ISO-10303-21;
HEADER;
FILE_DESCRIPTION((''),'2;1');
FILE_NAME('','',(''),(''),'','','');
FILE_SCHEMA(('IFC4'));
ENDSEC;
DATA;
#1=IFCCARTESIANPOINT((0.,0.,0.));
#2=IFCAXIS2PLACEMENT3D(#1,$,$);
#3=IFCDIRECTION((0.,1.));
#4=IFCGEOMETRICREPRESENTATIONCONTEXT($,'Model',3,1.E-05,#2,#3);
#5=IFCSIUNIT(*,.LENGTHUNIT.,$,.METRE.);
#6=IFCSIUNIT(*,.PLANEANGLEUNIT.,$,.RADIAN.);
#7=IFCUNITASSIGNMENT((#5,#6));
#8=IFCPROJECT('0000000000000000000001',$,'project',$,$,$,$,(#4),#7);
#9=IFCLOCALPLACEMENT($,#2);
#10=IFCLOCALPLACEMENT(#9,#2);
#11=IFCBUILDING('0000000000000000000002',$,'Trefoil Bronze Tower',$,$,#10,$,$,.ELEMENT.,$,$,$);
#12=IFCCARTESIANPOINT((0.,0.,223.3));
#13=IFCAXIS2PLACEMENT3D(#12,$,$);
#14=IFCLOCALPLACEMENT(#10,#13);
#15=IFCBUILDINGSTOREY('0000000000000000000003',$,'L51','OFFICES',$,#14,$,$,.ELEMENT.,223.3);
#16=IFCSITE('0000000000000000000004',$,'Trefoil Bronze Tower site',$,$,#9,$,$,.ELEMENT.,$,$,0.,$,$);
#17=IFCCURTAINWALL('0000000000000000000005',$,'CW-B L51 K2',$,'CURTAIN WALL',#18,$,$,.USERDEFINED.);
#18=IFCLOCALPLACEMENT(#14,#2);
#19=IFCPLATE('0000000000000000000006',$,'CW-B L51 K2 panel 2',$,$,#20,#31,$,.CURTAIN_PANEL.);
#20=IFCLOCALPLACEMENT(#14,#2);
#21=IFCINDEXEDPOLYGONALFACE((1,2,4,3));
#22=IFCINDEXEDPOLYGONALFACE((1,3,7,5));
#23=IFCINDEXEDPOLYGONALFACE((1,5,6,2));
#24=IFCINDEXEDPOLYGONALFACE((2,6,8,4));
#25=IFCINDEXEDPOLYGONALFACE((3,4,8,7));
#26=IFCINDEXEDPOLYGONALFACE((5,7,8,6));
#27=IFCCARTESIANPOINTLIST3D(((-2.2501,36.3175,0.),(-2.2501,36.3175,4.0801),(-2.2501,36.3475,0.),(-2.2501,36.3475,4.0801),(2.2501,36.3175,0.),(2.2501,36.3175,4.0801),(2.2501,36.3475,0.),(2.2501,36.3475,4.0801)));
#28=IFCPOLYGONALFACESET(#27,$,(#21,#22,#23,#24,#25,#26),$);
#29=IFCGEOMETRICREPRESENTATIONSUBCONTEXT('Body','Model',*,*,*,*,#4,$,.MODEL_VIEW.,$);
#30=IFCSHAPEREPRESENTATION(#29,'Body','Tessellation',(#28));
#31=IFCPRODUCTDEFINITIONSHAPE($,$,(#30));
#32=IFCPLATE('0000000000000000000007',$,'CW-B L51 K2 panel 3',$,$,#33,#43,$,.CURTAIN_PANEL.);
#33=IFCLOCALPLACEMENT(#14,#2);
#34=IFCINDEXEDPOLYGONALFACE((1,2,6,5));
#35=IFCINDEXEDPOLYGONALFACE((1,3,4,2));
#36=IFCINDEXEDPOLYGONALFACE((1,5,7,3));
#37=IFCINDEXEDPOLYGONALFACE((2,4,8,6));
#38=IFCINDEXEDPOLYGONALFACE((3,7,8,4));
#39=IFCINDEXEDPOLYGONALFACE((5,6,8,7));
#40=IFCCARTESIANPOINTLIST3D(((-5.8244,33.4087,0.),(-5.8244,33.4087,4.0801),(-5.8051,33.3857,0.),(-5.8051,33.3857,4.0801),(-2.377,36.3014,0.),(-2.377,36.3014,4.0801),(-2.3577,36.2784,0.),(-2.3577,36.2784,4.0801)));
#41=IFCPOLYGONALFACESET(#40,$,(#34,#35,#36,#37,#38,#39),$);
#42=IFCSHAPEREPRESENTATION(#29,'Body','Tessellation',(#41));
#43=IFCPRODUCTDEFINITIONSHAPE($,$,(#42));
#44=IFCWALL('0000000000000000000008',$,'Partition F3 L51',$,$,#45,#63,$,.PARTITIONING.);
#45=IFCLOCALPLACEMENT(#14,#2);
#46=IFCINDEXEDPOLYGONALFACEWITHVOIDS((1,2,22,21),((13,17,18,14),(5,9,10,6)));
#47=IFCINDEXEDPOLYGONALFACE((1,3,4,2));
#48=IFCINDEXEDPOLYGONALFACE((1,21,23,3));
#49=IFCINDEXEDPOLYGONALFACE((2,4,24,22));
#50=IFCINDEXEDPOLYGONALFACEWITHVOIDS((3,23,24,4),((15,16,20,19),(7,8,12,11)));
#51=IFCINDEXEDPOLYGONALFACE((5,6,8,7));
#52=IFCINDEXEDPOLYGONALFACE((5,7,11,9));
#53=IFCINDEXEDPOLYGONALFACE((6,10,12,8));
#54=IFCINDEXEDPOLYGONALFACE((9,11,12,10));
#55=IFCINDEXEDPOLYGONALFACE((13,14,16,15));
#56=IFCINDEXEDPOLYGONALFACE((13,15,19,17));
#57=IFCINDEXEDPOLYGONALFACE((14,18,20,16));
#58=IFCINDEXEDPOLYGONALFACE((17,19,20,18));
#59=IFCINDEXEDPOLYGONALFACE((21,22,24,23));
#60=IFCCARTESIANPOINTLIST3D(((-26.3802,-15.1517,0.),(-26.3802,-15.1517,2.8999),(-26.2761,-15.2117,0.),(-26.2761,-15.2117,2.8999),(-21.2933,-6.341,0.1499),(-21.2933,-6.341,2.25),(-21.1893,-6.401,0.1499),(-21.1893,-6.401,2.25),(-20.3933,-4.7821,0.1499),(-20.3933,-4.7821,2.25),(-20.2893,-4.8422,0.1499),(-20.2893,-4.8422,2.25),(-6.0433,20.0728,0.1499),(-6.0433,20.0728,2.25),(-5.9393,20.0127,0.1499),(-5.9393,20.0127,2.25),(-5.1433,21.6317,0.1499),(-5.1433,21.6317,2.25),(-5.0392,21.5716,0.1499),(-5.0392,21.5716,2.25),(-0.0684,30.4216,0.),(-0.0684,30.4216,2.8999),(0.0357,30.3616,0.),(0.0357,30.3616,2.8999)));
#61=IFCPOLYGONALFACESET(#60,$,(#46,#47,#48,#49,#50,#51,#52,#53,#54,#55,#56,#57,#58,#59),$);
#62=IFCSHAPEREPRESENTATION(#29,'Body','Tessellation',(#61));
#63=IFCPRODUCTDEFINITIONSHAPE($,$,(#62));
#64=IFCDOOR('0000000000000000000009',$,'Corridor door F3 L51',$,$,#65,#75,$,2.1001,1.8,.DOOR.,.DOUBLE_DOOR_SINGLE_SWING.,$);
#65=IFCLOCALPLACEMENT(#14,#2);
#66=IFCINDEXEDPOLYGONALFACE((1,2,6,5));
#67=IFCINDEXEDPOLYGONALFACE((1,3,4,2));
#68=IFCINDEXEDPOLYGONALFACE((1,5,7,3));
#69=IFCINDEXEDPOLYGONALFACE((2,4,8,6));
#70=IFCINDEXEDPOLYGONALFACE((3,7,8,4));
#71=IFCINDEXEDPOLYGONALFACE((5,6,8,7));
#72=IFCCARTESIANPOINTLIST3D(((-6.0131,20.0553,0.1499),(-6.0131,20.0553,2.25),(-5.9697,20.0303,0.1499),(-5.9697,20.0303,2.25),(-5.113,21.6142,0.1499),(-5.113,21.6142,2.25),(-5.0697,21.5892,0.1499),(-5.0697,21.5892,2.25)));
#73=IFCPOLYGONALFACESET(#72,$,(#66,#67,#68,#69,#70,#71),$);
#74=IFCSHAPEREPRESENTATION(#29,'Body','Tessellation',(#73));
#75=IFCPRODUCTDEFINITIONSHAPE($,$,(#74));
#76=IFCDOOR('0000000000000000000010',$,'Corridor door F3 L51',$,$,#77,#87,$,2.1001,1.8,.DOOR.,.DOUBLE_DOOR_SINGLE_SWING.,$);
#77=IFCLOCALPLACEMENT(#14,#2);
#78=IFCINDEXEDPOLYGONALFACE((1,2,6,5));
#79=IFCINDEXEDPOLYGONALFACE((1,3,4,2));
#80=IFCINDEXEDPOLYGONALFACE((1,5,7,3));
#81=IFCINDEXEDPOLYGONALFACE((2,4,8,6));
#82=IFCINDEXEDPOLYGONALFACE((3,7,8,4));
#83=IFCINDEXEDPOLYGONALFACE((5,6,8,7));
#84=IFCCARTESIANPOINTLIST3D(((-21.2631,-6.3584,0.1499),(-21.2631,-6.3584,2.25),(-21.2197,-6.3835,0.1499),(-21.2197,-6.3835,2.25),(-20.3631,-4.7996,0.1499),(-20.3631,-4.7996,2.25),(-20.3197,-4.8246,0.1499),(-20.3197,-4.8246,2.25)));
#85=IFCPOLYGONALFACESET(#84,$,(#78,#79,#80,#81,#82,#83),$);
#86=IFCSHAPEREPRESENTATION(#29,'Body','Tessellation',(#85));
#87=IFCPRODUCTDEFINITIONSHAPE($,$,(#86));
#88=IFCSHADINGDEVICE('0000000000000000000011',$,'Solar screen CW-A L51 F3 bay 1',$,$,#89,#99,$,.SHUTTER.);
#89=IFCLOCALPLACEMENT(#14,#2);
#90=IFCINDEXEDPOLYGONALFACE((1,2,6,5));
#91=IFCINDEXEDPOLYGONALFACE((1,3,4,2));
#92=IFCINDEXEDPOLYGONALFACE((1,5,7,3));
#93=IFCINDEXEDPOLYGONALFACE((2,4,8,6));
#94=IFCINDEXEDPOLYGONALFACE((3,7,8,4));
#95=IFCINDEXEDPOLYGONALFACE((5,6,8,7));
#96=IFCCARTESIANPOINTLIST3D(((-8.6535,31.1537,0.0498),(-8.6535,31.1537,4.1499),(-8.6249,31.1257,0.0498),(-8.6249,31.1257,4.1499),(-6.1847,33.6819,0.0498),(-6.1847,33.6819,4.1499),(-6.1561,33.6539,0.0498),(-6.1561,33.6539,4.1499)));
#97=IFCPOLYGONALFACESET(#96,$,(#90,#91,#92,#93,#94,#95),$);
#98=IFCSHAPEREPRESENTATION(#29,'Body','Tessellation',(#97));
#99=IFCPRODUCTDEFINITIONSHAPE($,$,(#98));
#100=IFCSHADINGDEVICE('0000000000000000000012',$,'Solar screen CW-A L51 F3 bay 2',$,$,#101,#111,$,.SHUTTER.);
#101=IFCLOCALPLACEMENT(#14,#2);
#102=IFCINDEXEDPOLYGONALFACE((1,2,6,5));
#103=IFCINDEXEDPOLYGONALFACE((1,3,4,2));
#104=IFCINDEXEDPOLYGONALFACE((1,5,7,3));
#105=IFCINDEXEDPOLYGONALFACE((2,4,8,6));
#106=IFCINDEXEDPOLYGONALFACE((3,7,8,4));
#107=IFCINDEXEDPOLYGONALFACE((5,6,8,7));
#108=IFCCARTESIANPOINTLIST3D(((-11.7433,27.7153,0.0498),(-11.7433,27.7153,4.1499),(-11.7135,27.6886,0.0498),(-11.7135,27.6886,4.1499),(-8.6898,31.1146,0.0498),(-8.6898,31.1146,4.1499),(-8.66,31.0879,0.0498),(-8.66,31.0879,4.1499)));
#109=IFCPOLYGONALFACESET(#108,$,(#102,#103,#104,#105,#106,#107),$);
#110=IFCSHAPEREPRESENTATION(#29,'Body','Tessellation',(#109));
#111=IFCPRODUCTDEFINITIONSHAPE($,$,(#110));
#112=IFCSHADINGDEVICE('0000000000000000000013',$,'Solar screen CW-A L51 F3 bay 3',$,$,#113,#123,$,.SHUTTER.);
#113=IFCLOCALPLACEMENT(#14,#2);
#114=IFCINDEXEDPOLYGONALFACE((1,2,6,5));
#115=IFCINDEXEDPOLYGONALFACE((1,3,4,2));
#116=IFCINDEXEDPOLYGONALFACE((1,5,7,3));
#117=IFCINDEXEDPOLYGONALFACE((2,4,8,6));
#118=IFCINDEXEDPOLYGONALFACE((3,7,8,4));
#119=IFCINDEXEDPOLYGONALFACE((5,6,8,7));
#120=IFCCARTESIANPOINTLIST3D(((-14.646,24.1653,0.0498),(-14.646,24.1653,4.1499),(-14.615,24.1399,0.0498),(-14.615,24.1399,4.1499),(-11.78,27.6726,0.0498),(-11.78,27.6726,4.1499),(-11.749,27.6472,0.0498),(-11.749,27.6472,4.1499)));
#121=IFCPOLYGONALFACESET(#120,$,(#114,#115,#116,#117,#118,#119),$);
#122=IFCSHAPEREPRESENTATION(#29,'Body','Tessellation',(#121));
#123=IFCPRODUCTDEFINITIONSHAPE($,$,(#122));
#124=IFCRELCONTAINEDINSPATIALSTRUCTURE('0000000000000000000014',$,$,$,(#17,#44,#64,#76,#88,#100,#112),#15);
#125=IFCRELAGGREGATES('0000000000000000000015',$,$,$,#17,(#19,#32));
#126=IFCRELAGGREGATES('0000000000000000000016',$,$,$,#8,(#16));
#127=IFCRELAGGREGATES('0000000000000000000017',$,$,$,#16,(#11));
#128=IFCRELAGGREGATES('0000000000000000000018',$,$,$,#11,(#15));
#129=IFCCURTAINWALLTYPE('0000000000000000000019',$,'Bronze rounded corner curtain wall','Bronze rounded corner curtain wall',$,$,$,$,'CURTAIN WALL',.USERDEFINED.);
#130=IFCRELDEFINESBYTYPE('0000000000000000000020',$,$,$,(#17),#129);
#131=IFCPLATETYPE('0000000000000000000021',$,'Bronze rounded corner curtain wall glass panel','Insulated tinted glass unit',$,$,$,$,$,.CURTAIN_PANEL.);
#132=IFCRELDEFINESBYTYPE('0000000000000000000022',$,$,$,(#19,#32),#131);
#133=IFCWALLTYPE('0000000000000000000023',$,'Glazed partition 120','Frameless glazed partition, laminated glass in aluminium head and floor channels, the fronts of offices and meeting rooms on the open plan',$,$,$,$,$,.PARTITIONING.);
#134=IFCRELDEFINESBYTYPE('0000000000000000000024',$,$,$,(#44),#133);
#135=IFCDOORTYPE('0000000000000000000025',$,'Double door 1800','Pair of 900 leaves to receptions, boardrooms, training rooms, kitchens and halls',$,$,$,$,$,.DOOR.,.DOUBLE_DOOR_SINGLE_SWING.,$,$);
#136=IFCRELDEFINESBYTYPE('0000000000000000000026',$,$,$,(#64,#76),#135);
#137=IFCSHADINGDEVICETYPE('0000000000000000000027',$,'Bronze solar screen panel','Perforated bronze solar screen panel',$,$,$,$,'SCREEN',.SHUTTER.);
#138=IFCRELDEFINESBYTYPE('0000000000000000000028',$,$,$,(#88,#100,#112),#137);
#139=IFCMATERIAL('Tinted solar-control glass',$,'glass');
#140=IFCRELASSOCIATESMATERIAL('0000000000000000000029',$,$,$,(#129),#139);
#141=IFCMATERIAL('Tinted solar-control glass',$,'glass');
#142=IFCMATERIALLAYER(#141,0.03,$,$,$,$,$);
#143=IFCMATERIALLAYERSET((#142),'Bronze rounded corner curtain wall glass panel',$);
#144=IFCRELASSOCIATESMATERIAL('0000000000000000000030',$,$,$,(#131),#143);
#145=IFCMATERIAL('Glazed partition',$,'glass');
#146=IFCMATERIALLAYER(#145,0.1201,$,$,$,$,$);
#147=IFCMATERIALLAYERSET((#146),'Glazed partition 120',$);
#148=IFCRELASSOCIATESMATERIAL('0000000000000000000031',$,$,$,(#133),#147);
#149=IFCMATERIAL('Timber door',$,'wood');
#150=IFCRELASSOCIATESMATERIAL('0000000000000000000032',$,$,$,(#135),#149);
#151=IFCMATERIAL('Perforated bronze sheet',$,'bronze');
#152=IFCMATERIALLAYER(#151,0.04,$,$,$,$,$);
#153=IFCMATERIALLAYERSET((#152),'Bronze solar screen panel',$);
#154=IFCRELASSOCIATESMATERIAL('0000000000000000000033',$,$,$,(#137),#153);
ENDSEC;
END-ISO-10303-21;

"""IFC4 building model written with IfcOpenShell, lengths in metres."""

from ifc_helpers import new_model, si_unit, direction, frame, frame_2d, origin, origin_2d, place, context, subcontext, project, spatial, rectangle, extrude, material, layer, layer_set, type_object, element, fill, aggregate, save


model = new_model("IFC4")

# Units and contexts
model_context = context("Model", 3, precision=1e-05, world=origin(), true_north=direction((0.0, 1.0)))
body_context = subcontext(model_context, "Body", "Model", "MODEL_VIEW")
ifc_project = project(units=[si_unit("LENGTHUNIT", "METRE"), si_unit("PLANEANGLEUNIT", "RADIAN")], contexts=[model_context])

# Site, building, storey
site_placement = place(None, origin())
site = spatial("IfcSite", under=ifc_project, at=site_placement, Name="Trefoil Bronze Tower site", CompositionType="ELEMENT", RefElevation=0.0)
building_placement = place(site_placement, origin())
building = spatial("IfcBuilding", under=site, at=building_placement, Name="Trefoil Bronze Tower", CompositionType="ELEMENT")
storey_placement = place(building_placement, frame((0.0, 0.0, 223.3)))
storey = spatial("IfcBuildingStorey", under=building, at=storey_placement, Name="L51", Description="OFFICES", CompositionType="ELEMENT", Elevation=223.3)

# Curtain wall
ifc_material_1 = material(Name="Tinted solar-control glass", Category="glass")
curtain_wall_type_1 = type_object("IfcCurtainWallType", Name="Bronze rounded corner curtain wall", Description="Bronze rounded corner curtain wall", ElementType="CURTAIN WALL", PredefinedType="USERDEFINED", material=ifc_material_1)
curtain_wall_1_placement = place(storey_placement, origin())
curtain_wall_1 = element("IfcCurtainWall", 1, at=curtain_wall_1_placement, inside=storey, type_object=curtain_wall_type_1, Name="CW-B L51 K2", ObjectType="CURTAIN WALL", PredefinedType="USERDEFINED")

# Plates
ifc_material_2 = material(Name="Tinted solar-control glass", Category="glass")
ifc_layer_1 = layer(ifc_material_2, 0.03)
ifc_layer_set_1 = layer_set([ifc_layer_1], Name="Bronze rounded corner curtain wall glass panel")
plate_type_1 = type_object("IfcPlateType", Name="Bronze rounded corner curtain wall glass panel", Description="Insulated tinted glass unit", PredefinedType="CURTAIN_PANEL", material=ifc_layer_set_1)
plate_1_placement = place(storey_placement, frame((0.0, 36.3325, 0.0), z_axis=(0.0, 0.0, 1.0), x_axis=(-1.0, 0.0, 0.0)))
plate_1 = element("IfcPlate", 2, at=plate_1_placement, type_object=plate_type_1, Name="CW-B L51 K2 panel 2", PredefinedType="CURTAIN_PANEL", context=body_context, shape_type="SweptSolid", body=[
    extrude(rectangle(XDim=4.5002, YDim=0.03, at=origin_2d()), origin(), (0.0, 0.0, 1.0), 4.0801),
])
plate_2_placement = place(storey_placement, frame((-4.0911, 34.8435, 0.0), z_axis=(0.0, 0.0, 1.0), x_axis=(-0.766044, -0.642788, 0.0)))
plate_2 = element("IfcPlate", 3, at=plate_2_placement, type_object=plate_type_1, Name="CW-B L51 K2 panel 3", PredefinedType="CURTAIN_PANEL", context=body_context, shape_type="SweptSolid", body=[
    extrude(rectangle(XDim=4.5002, YDim=0.03, at=origin_2d()), origin(), (0.0, 0.0, 1.0), 4.0801),
])
aggregate(curtain_wall_1, [plate_1, plate_2])

# Wall, openings, doors
ifc_material_3 = material(Name="Glazed partition", Category="glass")
ifc_layer_2 = layer(ifc_material_3, 0.1201)
ifc_layer_set_2 = layer_set([ifc_layer_2], Name="Glazed partition 120")
wall_type = type_object("IfcWallType", Name="Glazed partition 120", Description="Frameless glazed partition, laminated glass in aluminium head and floor channels, the fronts of offices and meeting rooms on the open plan", PredefinedType="PARTITIONING", material=ifc_layer_set_2)
wall_placement = place(storey_placement, frame((-0.0164, 30.3916, 0.0), z_axis=(0.0, 0.0, 1.0), x_axis=(-0.500001, -0.866025, 0.0)))
wall = element("IfcWall", 4, at=wall_placement, inside=storey, type_object=wall_type, Name="Partition F3 L51", PredefinedType="PARTITIONING", context=body_context, shape_type="SweptSolid", body=[
    extrude(rectangle(XDim=52.6235, YDim=0.1201, at=frame_2d((26.3118, 0.0))), origin(), (0.0, 0.0, 1.0), 2.8999),
])
opening_1_placement = place(wall_placement, frame((10.1499, 0.0, 0.1499)))
opening_1 = element("IfcOpeningElement", 5, at=opening_1_placement, cuts=wall, PredefinedType="OPENING", context=body_context, shape_type="SweptSolid", body=[
    extrude(rectangle(XDim=1.8, YDim=2.1001, at=frame_2d((0.8999, 1.05))), frame((0.0, 0.0701, 0.0), z_axis=(0.0, -1.0, 0.0), x_axis=(1.0, 0.0, 0.0)), (0.0, 0.0, 1.0), 0.1401),
])
opening_2_placement = place(wall_placement, frame((40.6499, 0.0, 0.1499)))
opening_2 = element("IfcOpeningElement", 6, at=opening_2_placement, cuts=wall, PredefinedType="OPENING", context=body_context, shape_type="SweptSolid", body=[
    extrude(rectangle(XDim=1.8, YDim=2.1001, at=frame_2d((0.8999, 1.05))), frame((0.0, 0.0701, 0.0), z_axis=(0.0, -1.0, 0.0), x_axis=(1.0, 0.0, 0.0)), (0.0, 0.0, 1.0), 0.1401),
])
ifc_material_4 = material(Name="Timber door", Category="wood")
door_type = type_object("IfcDoorType", Name="Double door 1800", Description="Pair of 900 leaves to receptions, boardrooms, training rooms, kitchens and halls", OperationType="DOUBLE_DOOR_SINGLE_SWING", PredefinedType="DOOR", material=ifc_material_4)
door_1_placement = place(opening_1_placement, origin())
door_1 = element("IfcDoor", 7, at=door_1_placement, inside=storey, type_object=door_type, Name="Corridor door F3 L51", OperationType="DOUBLE_DOOR_SINGLE_SWING", OverallHeight=2.1001, OverallWidth=1.8, PredefinedType="DOOR", context=body_context, shape_type="SweptSolid", body=[
    extrude(rectangle(XDim=1.8, YDim=2.1001, at=frame_2d((0.8999, 1.05))), frame((0.0, 0.0249, 0.0), z_axis=(0.0, -1.0, 0.0), x_axis=(1.0, 0.0, 0.0)), (0.0, 0.0, 1.0), 0.05),
])
fill(opening_1, door_1)
door_2_placement = place(opening_2_placement, origin())
door_2 = element("IfcDoor", 8, at=door_2_placement, inside=storey, type_object=door_type, Name="Corridor door F3 L51", OperationType="DOUBLE_DOOR_SINGLE_SWING", OverallHeight=2.1001, OverallWidth=1.8, PredefinedType="DOOR", context=body_context, shape_type="SweptSolid", body=[
    extrude(rectangle(XDim=1.8, YDim=2.1001, at=frame_2d((0.8999, 1.05))), frame((0.0, 0.0249, 0.0), z_axis=(0.0, -1.0, 0.0), x_axis=(1.0, 0.0, 0.0)), (0.0, 0.0, 1.0), 0.05),
])
fill(opening_2, door_2)

# Shading devices
ifc_material_5 = material(Name="Perforated bronze sheet", Category="bronze")
ifc_layer_3 = layer(ifc_material_5, 0.04)
ifc_layer_set_3 = layer_set([ifc_layer_3], Name="Bronze solar screen panel")
shading_device_type = type_object("IfcShadingDeviceType", Name="Bronze solar screen panel", Description="Perforated bronze solar screen panel", ElementType="SCREEN", PredefinedType="SHUTTER", material=ifc_layer_set_3)
shading_device_1_placement = place(storey_placement, frame((-7.4048, 32.4038, 0.0498), z_axis=(0.0, 0.0, 1.0), x_axis=(-0.698652, -0.715462, 0.0)))
element("IfcShadingDevice", 9, at=shading_device_1_placement, inside=storey, type_object=shading_device_type, Name="Solar screen CW-A L51 F3 bay 1", PredefinedType="SHUTTER", context=body_context, shape_type="SweptSolid", body=[
    extrude(rectangle(XDim=3.5337, YDim=0.04, at=origin_2d()), origin(), (0.0, 0.0, 1.0), 4.1001),
])
shading_device_2_placement = place(storey_placement, frame((-10.2017, 29.4016, 0.0498), z_axis=(0.0, 0.0, 1.0), x_axis=(-0.668246, -0.743941, 0.0)))
element("IfcShadingDevice", 10, at=shading_device_2_placement, inside=storey, type_object=shading_device_type, Name="Solar screen CW-A L51 F3 bay 2", PredefinedType="SHUTTER", context=body_context, shape_type="SweptSolid", body=[
    extrude(rectangle(XDim=4.5693, YDim=0.04, at=origin_2d()), origin(), (0.0, 0.0, 1.0), 4.1001),
])
shading_device_3_placement = place(storey_placement, frame((-13.1975, 25.9062, 0.0498), z_axis=(0.0, 0.0, 1.0), x_axis=(-0.632753, -0.774354, 0.0)))
element("IfcShadingDevice", 11, at=shading_device_3_placement, inside=storey, type_object=shading_device_type, Name="Solar screen CW-A L51 F3 bay 3", PredefinedType="SHUTTER", context=body_context, shape_type="SweptSolid", body=[
    extrude(rectangle(XDim=4.5293, YDim=0.04, at=origin_2d()), origin(), (0.0, 0.0, 1.0), 4.1001),
])

save(model, "model.ifc")
